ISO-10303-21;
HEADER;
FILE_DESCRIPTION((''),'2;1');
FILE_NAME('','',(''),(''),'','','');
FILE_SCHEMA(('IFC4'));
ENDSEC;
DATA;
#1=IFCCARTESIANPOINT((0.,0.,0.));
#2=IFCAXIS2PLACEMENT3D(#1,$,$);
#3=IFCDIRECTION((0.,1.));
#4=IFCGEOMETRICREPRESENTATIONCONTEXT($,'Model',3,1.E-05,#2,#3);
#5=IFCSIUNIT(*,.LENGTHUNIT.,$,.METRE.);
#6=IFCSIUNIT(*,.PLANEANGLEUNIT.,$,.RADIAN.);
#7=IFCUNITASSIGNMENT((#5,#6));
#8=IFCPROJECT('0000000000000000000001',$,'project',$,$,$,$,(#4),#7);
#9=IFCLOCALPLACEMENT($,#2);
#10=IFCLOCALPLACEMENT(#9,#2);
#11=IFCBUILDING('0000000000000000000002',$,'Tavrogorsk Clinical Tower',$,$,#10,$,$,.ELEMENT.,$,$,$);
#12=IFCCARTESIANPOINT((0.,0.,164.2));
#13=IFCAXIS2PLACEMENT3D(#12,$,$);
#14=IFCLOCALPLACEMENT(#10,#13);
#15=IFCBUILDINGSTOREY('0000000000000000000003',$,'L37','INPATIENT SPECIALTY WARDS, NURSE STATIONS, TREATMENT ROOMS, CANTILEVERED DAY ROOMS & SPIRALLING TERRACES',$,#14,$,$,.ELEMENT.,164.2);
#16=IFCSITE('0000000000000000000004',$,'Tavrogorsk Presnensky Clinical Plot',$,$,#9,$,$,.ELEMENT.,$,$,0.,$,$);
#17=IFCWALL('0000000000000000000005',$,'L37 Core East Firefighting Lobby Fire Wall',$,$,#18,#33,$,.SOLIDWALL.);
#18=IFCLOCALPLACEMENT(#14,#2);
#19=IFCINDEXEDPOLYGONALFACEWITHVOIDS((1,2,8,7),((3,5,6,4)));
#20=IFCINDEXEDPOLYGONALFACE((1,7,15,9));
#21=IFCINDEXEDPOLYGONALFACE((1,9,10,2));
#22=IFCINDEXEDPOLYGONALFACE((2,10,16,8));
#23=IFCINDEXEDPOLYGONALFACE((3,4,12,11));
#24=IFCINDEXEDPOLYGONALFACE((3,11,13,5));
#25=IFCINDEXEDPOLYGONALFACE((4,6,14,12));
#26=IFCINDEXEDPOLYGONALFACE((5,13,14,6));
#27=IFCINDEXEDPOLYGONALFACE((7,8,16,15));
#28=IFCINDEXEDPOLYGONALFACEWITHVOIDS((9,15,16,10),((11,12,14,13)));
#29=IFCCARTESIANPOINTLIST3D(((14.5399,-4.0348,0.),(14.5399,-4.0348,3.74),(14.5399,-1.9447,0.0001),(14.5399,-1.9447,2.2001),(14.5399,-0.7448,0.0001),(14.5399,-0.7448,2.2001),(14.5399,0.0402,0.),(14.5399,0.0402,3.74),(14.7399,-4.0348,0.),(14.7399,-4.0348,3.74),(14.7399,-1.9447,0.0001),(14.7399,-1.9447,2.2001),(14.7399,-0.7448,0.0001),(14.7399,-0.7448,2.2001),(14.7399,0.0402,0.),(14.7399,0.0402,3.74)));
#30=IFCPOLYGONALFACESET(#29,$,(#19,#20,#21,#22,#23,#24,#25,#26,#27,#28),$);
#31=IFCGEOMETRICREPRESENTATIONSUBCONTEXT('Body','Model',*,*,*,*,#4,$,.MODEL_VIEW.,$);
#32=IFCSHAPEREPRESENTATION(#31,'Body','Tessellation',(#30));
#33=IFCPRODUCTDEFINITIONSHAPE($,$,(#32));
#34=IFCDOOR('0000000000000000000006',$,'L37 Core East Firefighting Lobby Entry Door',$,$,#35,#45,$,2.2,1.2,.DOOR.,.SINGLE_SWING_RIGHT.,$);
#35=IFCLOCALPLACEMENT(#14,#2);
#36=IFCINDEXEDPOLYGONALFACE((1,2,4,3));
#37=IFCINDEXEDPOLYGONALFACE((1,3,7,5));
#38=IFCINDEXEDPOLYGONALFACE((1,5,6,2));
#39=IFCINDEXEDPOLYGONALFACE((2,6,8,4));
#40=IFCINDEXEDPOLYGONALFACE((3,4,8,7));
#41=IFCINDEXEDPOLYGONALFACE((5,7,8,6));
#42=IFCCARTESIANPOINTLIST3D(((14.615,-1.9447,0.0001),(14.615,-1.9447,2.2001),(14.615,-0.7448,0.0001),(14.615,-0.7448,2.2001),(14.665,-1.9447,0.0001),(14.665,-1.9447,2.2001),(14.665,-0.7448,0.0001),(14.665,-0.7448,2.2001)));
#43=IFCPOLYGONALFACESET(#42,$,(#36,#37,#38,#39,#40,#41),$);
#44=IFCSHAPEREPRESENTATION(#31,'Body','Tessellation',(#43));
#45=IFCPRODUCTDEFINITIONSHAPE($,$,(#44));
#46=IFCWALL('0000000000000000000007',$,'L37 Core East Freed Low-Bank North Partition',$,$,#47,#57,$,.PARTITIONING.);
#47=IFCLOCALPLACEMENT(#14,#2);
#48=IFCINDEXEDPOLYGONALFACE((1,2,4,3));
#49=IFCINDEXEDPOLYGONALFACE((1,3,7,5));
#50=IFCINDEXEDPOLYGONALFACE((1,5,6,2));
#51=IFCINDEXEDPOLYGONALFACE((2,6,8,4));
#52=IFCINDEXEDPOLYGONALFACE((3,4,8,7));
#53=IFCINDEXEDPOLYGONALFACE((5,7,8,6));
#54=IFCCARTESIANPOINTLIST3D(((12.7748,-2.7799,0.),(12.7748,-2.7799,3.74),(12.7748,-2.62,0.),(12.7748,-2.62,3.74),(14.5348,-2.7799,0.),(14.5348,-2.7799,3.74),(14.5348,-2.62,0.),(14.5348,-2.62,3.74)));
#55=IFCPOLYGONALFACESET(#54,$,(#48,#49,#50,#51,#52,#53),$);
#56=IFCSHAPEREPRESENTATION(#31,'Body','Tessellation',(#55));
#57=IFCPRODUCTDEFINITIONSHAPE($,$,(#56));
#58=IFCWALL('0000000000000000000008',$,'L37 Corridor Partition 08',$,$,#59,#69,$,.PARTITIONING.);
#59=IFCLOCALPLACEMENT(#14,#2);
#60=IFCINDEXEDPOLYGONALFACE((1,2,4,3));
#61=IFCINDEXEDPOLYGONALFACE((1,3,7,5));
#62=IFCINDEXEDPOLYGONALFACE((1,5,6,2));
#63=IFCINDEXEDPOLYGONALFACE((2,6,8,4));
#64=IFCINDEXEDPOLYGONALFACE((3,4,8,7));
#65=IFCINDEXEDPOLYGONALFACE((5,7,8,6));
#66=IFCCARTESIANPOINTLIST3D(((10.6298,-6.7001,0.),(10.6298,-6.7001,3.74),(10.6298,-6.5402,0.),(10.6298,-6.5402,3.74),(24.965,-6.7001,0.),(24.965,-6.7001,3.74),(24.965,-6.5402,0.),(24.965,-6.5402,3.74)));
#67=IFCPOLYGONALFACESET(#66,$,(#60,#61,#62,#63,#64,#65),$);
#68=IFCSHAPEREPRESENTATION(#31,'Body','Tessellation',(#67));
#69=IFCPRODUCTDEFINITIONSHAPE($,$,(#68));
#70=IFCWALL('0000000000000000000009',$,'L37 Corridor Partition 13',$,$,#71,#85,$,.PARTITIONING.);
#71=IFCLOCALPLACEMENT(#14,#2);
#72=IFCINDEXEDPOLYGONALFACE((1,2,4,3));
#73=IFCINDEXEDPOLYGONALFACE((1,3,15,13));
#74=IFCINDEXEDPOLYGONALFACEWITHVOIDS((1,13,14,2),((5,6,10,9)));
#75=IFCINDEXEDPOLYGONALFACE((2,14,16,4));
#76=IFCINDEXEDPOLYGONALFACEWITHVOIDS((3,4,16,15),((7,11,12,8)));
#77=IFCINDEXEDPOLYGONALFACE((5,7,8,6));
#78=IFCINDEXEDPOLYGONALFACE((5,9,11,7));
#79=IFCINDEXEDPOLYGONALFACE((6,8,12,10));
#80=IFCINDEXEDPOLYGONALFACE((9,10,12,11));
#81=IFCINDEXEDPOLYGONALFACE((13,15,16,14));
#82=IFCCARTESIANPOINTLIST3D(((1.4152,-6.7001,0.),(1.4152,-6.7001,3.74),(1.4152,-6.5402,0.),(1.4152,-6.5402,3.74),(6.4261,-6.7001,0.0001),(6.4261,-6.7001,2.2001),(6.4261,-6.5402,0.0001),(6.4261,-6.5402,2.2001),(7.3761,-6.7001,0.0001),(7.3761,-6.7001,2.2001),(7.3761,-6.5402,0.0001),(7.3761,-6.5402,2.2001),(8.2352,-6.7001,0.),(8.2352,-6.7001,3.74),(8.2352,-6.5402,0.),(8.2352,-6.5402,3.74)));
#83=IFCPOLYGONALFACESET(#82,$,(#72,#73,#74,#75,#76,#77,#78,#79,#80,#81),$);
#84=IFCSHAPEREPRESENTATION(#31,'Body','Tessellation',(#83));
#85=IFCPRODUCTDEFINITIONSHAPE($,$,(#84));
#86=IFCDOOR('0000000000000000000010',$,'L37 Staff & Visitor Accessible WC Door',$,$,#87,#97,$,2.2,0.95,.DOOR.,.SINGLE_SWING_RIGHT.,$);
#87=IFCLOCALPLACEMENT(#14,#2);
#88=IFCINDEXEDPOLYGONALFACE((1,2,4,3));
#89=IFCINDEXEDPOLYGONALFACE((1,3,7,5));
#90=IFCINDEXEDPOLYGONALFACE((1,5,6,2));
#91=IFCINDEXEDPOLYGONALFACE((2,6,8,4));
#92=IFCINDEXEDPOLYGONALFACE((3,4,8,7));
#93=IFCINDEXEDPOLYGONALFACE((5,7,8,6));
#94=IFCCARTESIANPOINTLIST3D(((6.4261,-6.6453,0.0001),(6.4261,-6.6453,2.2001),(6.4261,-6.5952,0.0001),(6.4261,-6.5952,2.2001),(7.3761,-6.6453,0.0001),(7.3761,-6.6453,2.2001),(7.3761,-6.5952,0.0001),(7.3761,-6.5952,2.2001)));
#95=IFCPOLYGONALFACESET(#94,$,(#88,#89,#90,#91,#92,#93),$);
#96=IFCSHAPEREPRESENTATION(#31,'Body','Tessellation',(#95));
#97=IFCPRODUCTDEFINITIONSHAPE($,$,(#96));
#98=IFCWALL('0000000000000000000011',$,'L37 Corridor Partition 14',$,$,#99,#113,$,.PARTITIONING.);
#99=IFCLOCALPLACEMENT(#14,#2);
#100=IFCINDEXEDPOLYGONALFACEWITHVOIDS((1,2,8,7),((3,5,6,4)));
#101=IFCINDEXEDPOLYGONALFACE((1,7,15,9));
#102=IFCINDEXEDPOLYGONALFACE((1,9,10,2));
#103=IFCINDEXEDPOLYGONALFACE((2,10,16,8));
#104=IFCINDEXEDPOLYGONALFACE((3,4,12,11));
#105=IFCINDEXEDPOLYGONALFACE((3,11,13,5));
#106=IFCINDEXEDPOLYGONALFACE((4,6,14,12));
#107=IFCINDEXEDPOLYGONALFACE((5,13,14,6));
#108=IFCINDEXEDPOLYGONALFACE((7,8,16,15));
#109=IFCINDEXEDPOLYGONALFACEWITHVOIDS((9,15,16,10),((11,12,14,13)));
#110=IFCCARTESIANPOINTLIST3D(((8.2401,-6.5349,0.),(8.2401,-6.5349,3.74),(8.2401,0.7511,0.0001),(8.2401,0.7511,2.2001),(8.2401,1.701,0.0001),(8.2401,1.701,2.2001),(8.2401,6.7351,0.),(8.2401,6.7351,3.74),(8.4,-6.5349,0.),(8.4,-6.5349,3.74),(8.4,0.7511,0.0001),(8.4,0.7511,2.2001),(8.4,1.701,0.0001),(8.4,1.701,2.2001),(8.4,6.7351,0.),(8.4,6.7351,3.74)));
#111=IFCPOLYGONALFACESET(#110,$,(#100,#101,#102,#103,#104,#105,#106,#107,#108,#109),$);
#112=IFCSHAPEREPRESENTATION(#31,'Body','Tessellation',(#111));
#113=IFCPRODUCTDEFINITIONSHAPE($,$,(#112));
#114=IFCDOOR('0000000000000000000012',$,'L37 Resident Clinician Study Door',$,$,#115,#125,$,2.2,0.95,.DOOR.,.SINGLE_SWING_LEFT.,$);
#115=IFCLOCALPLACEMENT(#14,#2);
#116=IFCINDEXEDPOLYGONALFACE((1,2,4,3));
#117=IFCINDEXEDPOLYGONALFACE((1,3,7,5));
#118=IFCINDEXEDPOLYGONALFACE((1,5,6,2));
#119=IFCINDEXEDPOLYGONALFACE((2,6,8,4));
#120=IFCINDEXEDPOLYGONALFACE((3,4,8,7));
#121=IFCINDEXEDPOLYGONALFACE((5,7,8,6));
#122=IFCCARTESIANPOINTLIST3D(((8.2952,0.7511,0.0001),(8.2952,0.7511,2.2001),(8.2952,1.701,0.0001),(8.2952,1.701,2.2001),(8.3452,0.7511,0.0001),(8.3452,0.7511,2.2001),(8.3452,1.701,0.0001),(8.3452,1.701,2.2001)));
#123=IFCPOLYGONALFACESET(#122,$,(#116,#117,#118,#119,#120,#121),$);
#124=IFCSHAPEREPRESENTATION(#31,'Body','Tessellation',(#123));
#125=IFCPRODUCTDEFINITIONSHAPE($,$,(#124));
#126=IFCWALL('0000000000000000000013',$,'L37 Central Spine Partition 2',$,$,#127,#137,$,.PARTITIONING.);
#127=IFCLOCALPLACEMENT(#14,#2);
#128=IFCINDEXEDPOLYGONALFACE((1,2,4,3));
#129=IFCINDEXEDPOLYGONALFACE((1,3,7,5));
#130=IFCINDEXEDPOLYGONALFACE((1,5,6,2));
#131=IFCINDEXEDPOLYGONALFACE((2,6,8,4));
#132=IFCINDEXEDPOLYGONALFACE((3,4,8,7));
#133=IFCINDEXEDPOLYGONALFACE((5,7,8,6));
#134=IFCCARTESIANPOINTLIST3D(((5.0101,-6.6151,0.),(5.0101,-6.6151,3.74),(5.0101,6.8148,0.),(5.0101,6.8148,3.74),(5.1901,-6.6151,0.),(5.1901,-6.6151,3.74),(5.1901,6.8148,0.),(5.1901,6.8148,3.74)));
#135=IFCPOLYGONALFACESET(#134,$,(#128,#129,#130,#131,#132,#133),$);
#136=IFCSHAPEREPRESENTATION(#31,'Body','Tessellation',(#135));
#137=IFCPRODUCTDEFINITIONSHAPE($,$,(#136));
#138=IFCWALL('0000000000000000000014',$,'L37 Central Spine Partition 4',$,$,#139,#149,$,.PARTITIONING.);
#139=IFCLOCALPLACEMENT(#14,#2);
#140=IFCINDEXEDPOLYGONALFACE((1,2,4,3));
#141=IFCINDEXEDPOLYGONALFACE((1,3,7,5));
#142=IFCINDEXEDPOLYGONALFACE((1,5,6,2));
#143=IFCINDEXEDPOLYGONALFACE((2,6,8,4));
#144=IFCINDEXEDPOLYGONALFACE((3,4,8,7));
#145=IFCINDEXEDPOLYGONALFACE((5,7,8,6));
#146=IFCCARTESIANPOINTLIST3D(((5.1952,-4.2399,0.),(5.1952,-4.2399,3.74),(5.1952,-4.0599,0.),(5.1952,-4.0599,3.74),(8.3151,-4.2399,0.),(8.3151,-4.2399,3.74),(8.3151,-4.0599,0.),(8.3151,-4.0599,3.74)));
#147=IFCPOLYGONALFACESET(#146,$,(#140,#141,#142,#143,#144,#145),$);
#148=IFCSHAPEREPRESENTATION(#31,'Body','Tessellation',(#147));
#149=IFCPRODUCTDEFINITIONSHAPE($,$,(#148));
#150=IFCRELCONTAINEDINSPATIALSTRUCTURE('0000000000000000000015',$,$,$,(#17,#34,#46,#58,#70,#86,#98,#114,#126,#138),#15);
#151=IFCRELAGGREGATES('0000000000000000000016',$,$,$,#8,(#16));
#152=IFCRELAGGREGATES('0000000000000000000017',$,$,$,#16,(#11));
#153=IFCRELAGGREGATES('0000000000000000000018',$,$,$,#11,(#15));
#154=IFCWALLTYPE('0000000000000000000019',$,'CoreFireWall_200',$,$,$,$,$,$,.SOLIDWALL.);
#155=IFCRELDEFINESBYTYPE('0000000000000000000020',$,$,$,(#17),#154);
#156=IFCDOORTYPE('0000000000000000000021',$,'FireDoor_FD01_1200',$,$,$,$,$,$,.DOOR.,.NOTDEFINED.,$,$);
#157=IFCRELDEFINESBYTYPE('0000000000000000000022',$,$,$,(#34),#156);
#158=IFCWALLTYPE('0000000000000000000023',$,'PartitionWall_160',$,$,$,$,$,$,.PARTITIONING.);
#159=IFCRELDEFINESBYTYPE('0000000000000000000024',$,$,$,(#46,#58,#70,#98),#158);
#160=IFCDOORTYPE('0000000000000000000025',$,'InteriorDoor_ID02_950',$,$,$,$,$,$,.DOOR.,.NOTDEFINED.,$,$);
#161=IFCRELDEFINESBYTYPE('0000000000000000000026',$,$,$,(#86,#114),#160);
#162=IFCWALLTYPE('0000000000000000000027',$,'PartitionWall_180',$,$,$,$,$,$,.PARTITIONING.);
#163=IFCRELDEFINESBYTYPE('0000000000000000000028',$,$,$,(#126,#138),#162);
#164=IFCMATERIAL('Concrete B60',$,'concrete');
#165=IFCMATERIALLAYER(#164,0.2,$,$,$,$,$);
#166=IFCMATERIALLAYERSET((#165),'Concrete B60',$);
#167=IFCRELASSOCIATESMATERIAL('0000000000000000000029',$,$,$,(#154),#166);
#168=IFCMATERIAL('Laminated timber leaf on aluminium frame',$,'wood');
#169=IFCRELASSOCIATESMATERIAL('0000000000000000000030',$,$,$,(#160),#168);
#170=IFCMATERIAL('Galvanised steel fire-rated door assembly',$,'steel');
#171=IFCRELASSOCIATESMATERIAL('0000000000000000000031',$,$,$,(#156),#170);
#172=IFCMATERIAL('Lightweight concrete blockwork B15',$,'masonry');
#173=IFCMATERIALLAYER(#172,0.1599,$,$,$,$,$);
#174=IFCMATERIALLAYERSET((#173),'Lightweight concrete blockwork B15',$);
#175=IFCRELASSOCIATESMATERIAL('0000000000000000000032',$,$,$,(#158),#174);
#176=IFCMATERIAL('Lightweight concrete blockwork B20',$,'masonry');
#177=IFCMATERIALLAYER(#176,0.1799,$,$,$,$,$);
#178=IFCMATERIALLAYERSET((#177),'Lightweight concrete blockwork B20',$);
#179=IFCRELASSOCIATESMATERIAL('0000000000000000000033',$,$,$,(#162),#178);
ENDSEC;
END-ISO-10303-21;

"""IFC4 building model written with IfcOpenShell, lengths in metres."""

from ifc_helpers import new_model, si_unit, direction, frame, frame_2d, origin, place, context, subcontext, project, spatial, rectangle, extrude, material, layer, layer_set, type_object, element, fill, save


model = new_model("IFC4")

# Units and contexts
model_context = context("Model", 3, precision=1e-05, world=origin(), true_north=direction((0.0, 1.0)))
body_context = subcontext(model_context, "Body", "Model", "MODEL_VIEW")
ifc_project = project(units=[si_unit("LENGTHUNIT", "METRE"), si_unit("PLANEANGLEUNIT", "RADIAN")], contexts=[model_context])

# Site, building, storey
site_placement = place(None, origin())
site = spatial("IfcSite", under=ifc_project, at=site_placement, Name="Tavrogorsk Presnensky Clinical Plot", CompositionType="ELEMENT", RefElevation=0.0)
building_placement = place(site_placement, origin())
building = spatial("IfcBuilding", under=site, at=building_placement, Name="Tavrogorsk Clinical Tower", CompositionType="ELEMENT")
storey_placement = place(building_placement, frame((0.0, 0.0, 164.2)))
storey = spatial("IfcBuildingStorey", under=building, at=storey_placement, Name="L37", Description="INPATIENT SPECIALTY WARDS, NURSE STATIONS, TREATMENT ROOMS, CANTILEVERED DAY ROOMS & SPIRALLING TERRACES", CompositionType="ELEMENT", Elevation=164.2)

# Wall, opening, door
ifc_material_1 = material(Name="Concrete B60", Category="concrete")
ifc_layer_1 = layer(ifc_material_1, 0.2)
ifc_layer_set_1 = layer_set([ifc_layer_1], Name="Concrete B60")
wall_type_1 = type_object("IfcWallType", Name="CoreFireWall_200", PredefinedType="SOLIDWALL", material=ifc_layer_set_1)
ifc_material_2 = material(Name="Laminated timber leaf on aluminium frame", Category="wood")
door_type_1 = type_object("IfcDoorType", Name="InteriorDoor_ID02_950", OperationType="NOTDEFINED", PredefinedType="DOOR", material=ifc_material_2)
wall_1_placement = place(storey_placement, frame((14.6399, -4.0349, 0.0), z_axis=(0.0, 0.0, 1.0), x_axis=(0.0, 1.0, 0.0)))
wall_1 = element("IfcWall", 1, at=wall_1_placement, inside=storey, type_object=wall_type_1, Name="L37 Core East Firefighting Lobby Fire Wall", PredefinedType="SOLIDWALL", context=body_context, shape_type="SweptSolid", body=[
    extrude(rectangle(XDim=4.075, YDim=0.2, at=frame_2d((2.0376, 0.0))), origin(), (0.0, 0.0, 1.0), 3.74),
])
opening_1_placement = place(wall_1_placement, frame((2.0901, 0.0, 0.0)))
opening_1 = element("IfcOpeningElement", 2, at=opening_1_placement, cuts=wall_1, PredefinedType="OPENING", context=body_context, shape_type="SweptSolid", body=[
    extrude(rectangle(XDim=1.2, YDim=2.2, at=frame_2d((0.6001, 1.1001))), frame((0.0, 0.1099, 0.0), z_axis=(0.0, -1.0, 0.0), x_axis=(1.0, 0.0, 0.0)), (0.0, 0.0, 1.0), 0.22),
])
ifc_material_3 = material(Name="Galvanised steel fire-rated door assembly", Category="steel")
door_type_2 = type_object("IfcDoorType", Name="FireDoor_FD01_1200", OperationType="NOTDEFINED", PredefinedType="DOOR", material=ifc_material_3)
door_1_placement = place(opening_1_placement, origin())
door_1 = element("IfcDoor", 3, at=door_1_placement, inside=storey, type_object=door_type_2, Name="L37 Core East Firefighting Lobby Entry Door", OperationType="SINGLE_SWING_RIGHT", OverallHeight=2.2, OverallWidth=1.2, PredefinedType="DOOR", context=body_context, shape_type="SweptSolid", body=[
    extrude(rectangle(XDim=1.2, YDim=2.2, at=frame_2d((0.6001, 1.1001))), frame((0.0, 0.0249, 0.0), z_axis=(0.0, -1.0, 0.0), x_axis=(1.0, 0.0, 0.0)), (0.0, 0.0, 1.0), 0.05),
])
fill(opening_1, door_1)

# Walls
ifc_material_4 = material(Name="Lightweight concrete blockwork B15", Category="masonry")
ifc_layer_2 = layer(ifc_material_4, 0.1599)
ifc_layer_set_2 = layer_set([ifc_layer_2], Name="Lightweight concrete blockwork B15")
wall_type_2 = type_object("IfcWallType", Name="PartitionWall_160", PredefinedType="PARTITIONING", material=ifc_layer_set_2)
wall_2_placement = place(storey_placement, frame((12.7749, -2.7, 0.0), z_axis=(0.0, 0.0, 1.0), x_axis=(1.0, 0.0, 0.0)))
element("IfcWall", 4, at=wall_2_placement, inside=storey, type_object=wall_type_2, Name="L37 Core East Freed Low-Bank North Partition", PredefinedType="PARTITIONING", context=body_context, shape_type="SweptSolid", body=[
    extrude(rectangle(XDim=1.76, YDim=0.1599, at=frame_2d((0.8799, 0.0))), origin(), (0.0, 0.0, 1.0), 3.74),
])
wall_3_placement = place(storey_placement, frame((10.6299, -6.6201, 0.0), z_axis=(0.0, 0.0, 1.0), x_axis=(1.0, 0.0, 0.0)))
element("IfcWall", 5, at=wall_3_placement, inside=storey, type_object=wall_type_2, Name="L37 Corridor Partition 08", PredefinedType="PARTITIONING", context=body_context, shape_type="SweptSolid", body=[
    extrude(rectangle(XDim=14.3352, YDim=0.1599, at=frame_2d((7.1675, 0.0))), origin(), (0.0, 0.0, 1.0), 3.74),
])

# Walls, openings, doors
wall_4_placement = place(storey_placement, frame((1.415, -6.6201, 0.0), z_axis=(0.0, 0.0, 1.0), x_axis=(1.0, 0.0, 0.0)))
wall_4 = element("IfcWall", 6, at=wall_4_placement, inside=storey, type_object=wall_type_2, Name="L37 Corridor Partition 13", PredefinedType="PARTITIONING", context=body_context, shape_type="SweptSolid", body=[
    extrude(rectangle(XDim=6.8201, YDim=0.1599, at=frame_2d((3.4102, 0.0))), origin(), (0.0, 0.0, 1.0), 3.74),
])
opening_2_placement = place(wall_4_placement, frame((5.011, 0.0, 0.0)))
opening_2 = element("IfcOpeningElement", 7, at=opening_2_placement, cuts=wall_4, PredefinedType="OPENING", context=body_context, shape_type="SweptSolid", body=[
    extrude(rectangle(XDim=0.95, YDim=2.2, at=frame_2d((0.4751, 1.1001))), frame((0.0, 0.0898, 0.0), z_axis=(0.0, -1.0, 0.0), x_axis=(1.0, 0.0, 0.0)), (0.0, 0.0, 1.0), 0.1799),
])
door_2_placement = place(opening_2_placement, origin())
door_2 = element("IfcDoor", 8, at=door_2_placement, inside=storey, type_object=door_type_1, Name="L37 Staff & Visitor Accessible WC Door", OperationType="SINGLE_SWING_RIGHT", OverallHeight=2.2, OverallWidth=0.95, PredefinedType="DOOR", context=body_context, shape_type="SweptSolid", body=[
    extrude(rectangle(XDim=0.95, YDim=2.2, at=frame_2d((0.4751, 1.1001))), frame((0.0, 0.0249, 0.0), z_axis=(0.0, -1.0, 0.0), x_axis=(1.0, 0.0, 0.0)), (0.0, 0.0, 1.0), 0.05),
])
fill(opening_2, door_2)
wall_5_placement = place(storey_placement, frame((8.3201, -6.5349, 0.0), z_axis=(0.0, 0.0, 1.0), x_axis=(0.0, 1.0, 0.0)))
wall_5 = element("IfcWall", 9, at=wall_5_placement, inside=storey, type_object=wall_type_2, Name="L37 Corridor Partition 14", PredefinedType="PARTITIONING", context=body_context, shape_type="SweptSolid", body=[
    extrude(rectangle(XDim=13.27, YDim=0.1599, at=frame_2d((6.635, 0.0))), origin(), (0.0, 0.0, 1.0), 3.74),
])
opening_3_placement = place(wall_5_placement, frame((7.2859, 0.0, 0.0)))
opening_3 = element("IfcOpeningElement", 10, at=opening_3_placement, cuts=wall_5, PredefinedType="OPENING", context=body_context, shape_type="SweptSolid", body=[
    extrude(rectangle(XDim=0.95, YDim=2.2, at=frame_2d((0.4751, 1.1001))), frame((0.0, 0.0898, 0.0), z_axis=(0.0, -1.0, 0.0), x_axis=(1.0, 0.0, 0.0)), (0.0, 0.0, 1.0), 0.1799),
])
door_3_placement = place(opening_3_placement, origin())
door_3 = element("IfcDoor", 11, at=door_3_placement, inside=storey, type_object=door_type_1, Name="L37 Resident Clinician Study Door", OperationType="SINGLE_SWING_LEFT", OverallHeight=2.2, OverallWidth=0.95, PredefinedType="DOOR", context=body_context, shape_type="SweptSolid", body=[
    extrude(rectangle(XDim=0.95, YDim=2.2, at=frame_2d((0.4751, 1.1001))), frame((0.0, 0.0249, 0.0), z_axis=(0.0, -1.0, 0.0), x_axis=(1.0, 0.0, 0.0)), (0.0, 0.0, 1.0), 0.05),
])
fill(opening_3, door_3)

# Walls
ifc_material_5 = material(Name="Lightweight concrete blockwork B20", Category="masonry")
ifc_layer_3 = layer(ifc_material_5, 0.1799)
ifc_layer_set_3 = layer_set([ifc_layer_3], Name="Lightweight concrete blockwork B20")
wall_type_3 = type_object("IfcWallType", Name="PartitionWall_180", PredefinedType="PARTITIONING", material=ifc_layer_set_3)
wall_6_placement = place(storey_placement, frame((5.1001, -6.615, 0.0), z_axis=(0.0, 0.0, 1.0), x_axis=(0.0, 1.0, 0.0)))
element("IfcWall", 12, at=wall_6_placement, inside=storey, type_object=wall_type_3, Name="L37 Central Spine Partition 2", PredefinedType="PARTITIONING", context=body_context, shape_type="SweptSolid", body=[
    extrude(rectangle(XDim=13.4299, YDim=0.1799, at=frame_2d((6.7148, 0.0))), origin(), (0.0, 0.0, 1.0), 3.74),
])
wall_7_placement = place(storey_placement, frame((5.1951, -4.1499, 0.0), z_axis=(0.0, 0.0, 1.0), x_axis=(1.0, 0.0, 0.0)))
element("IfcWall", 13, at=wall_7_placement, inside=storey, type_object=wall_type_3, Name="L37 Central Spine Partition 4", PredefinedType="PARTITIONING", context=body_context, shape_type="SweptSolid", body=[
    extrude(rectangle(XDim=3.1199, YDim=0.1799, at=frame_2d((1.5601, 0.0))), origin(), (0.0, 0.0, 1.0), 3.74),
])

save(model, "model.ifc")
